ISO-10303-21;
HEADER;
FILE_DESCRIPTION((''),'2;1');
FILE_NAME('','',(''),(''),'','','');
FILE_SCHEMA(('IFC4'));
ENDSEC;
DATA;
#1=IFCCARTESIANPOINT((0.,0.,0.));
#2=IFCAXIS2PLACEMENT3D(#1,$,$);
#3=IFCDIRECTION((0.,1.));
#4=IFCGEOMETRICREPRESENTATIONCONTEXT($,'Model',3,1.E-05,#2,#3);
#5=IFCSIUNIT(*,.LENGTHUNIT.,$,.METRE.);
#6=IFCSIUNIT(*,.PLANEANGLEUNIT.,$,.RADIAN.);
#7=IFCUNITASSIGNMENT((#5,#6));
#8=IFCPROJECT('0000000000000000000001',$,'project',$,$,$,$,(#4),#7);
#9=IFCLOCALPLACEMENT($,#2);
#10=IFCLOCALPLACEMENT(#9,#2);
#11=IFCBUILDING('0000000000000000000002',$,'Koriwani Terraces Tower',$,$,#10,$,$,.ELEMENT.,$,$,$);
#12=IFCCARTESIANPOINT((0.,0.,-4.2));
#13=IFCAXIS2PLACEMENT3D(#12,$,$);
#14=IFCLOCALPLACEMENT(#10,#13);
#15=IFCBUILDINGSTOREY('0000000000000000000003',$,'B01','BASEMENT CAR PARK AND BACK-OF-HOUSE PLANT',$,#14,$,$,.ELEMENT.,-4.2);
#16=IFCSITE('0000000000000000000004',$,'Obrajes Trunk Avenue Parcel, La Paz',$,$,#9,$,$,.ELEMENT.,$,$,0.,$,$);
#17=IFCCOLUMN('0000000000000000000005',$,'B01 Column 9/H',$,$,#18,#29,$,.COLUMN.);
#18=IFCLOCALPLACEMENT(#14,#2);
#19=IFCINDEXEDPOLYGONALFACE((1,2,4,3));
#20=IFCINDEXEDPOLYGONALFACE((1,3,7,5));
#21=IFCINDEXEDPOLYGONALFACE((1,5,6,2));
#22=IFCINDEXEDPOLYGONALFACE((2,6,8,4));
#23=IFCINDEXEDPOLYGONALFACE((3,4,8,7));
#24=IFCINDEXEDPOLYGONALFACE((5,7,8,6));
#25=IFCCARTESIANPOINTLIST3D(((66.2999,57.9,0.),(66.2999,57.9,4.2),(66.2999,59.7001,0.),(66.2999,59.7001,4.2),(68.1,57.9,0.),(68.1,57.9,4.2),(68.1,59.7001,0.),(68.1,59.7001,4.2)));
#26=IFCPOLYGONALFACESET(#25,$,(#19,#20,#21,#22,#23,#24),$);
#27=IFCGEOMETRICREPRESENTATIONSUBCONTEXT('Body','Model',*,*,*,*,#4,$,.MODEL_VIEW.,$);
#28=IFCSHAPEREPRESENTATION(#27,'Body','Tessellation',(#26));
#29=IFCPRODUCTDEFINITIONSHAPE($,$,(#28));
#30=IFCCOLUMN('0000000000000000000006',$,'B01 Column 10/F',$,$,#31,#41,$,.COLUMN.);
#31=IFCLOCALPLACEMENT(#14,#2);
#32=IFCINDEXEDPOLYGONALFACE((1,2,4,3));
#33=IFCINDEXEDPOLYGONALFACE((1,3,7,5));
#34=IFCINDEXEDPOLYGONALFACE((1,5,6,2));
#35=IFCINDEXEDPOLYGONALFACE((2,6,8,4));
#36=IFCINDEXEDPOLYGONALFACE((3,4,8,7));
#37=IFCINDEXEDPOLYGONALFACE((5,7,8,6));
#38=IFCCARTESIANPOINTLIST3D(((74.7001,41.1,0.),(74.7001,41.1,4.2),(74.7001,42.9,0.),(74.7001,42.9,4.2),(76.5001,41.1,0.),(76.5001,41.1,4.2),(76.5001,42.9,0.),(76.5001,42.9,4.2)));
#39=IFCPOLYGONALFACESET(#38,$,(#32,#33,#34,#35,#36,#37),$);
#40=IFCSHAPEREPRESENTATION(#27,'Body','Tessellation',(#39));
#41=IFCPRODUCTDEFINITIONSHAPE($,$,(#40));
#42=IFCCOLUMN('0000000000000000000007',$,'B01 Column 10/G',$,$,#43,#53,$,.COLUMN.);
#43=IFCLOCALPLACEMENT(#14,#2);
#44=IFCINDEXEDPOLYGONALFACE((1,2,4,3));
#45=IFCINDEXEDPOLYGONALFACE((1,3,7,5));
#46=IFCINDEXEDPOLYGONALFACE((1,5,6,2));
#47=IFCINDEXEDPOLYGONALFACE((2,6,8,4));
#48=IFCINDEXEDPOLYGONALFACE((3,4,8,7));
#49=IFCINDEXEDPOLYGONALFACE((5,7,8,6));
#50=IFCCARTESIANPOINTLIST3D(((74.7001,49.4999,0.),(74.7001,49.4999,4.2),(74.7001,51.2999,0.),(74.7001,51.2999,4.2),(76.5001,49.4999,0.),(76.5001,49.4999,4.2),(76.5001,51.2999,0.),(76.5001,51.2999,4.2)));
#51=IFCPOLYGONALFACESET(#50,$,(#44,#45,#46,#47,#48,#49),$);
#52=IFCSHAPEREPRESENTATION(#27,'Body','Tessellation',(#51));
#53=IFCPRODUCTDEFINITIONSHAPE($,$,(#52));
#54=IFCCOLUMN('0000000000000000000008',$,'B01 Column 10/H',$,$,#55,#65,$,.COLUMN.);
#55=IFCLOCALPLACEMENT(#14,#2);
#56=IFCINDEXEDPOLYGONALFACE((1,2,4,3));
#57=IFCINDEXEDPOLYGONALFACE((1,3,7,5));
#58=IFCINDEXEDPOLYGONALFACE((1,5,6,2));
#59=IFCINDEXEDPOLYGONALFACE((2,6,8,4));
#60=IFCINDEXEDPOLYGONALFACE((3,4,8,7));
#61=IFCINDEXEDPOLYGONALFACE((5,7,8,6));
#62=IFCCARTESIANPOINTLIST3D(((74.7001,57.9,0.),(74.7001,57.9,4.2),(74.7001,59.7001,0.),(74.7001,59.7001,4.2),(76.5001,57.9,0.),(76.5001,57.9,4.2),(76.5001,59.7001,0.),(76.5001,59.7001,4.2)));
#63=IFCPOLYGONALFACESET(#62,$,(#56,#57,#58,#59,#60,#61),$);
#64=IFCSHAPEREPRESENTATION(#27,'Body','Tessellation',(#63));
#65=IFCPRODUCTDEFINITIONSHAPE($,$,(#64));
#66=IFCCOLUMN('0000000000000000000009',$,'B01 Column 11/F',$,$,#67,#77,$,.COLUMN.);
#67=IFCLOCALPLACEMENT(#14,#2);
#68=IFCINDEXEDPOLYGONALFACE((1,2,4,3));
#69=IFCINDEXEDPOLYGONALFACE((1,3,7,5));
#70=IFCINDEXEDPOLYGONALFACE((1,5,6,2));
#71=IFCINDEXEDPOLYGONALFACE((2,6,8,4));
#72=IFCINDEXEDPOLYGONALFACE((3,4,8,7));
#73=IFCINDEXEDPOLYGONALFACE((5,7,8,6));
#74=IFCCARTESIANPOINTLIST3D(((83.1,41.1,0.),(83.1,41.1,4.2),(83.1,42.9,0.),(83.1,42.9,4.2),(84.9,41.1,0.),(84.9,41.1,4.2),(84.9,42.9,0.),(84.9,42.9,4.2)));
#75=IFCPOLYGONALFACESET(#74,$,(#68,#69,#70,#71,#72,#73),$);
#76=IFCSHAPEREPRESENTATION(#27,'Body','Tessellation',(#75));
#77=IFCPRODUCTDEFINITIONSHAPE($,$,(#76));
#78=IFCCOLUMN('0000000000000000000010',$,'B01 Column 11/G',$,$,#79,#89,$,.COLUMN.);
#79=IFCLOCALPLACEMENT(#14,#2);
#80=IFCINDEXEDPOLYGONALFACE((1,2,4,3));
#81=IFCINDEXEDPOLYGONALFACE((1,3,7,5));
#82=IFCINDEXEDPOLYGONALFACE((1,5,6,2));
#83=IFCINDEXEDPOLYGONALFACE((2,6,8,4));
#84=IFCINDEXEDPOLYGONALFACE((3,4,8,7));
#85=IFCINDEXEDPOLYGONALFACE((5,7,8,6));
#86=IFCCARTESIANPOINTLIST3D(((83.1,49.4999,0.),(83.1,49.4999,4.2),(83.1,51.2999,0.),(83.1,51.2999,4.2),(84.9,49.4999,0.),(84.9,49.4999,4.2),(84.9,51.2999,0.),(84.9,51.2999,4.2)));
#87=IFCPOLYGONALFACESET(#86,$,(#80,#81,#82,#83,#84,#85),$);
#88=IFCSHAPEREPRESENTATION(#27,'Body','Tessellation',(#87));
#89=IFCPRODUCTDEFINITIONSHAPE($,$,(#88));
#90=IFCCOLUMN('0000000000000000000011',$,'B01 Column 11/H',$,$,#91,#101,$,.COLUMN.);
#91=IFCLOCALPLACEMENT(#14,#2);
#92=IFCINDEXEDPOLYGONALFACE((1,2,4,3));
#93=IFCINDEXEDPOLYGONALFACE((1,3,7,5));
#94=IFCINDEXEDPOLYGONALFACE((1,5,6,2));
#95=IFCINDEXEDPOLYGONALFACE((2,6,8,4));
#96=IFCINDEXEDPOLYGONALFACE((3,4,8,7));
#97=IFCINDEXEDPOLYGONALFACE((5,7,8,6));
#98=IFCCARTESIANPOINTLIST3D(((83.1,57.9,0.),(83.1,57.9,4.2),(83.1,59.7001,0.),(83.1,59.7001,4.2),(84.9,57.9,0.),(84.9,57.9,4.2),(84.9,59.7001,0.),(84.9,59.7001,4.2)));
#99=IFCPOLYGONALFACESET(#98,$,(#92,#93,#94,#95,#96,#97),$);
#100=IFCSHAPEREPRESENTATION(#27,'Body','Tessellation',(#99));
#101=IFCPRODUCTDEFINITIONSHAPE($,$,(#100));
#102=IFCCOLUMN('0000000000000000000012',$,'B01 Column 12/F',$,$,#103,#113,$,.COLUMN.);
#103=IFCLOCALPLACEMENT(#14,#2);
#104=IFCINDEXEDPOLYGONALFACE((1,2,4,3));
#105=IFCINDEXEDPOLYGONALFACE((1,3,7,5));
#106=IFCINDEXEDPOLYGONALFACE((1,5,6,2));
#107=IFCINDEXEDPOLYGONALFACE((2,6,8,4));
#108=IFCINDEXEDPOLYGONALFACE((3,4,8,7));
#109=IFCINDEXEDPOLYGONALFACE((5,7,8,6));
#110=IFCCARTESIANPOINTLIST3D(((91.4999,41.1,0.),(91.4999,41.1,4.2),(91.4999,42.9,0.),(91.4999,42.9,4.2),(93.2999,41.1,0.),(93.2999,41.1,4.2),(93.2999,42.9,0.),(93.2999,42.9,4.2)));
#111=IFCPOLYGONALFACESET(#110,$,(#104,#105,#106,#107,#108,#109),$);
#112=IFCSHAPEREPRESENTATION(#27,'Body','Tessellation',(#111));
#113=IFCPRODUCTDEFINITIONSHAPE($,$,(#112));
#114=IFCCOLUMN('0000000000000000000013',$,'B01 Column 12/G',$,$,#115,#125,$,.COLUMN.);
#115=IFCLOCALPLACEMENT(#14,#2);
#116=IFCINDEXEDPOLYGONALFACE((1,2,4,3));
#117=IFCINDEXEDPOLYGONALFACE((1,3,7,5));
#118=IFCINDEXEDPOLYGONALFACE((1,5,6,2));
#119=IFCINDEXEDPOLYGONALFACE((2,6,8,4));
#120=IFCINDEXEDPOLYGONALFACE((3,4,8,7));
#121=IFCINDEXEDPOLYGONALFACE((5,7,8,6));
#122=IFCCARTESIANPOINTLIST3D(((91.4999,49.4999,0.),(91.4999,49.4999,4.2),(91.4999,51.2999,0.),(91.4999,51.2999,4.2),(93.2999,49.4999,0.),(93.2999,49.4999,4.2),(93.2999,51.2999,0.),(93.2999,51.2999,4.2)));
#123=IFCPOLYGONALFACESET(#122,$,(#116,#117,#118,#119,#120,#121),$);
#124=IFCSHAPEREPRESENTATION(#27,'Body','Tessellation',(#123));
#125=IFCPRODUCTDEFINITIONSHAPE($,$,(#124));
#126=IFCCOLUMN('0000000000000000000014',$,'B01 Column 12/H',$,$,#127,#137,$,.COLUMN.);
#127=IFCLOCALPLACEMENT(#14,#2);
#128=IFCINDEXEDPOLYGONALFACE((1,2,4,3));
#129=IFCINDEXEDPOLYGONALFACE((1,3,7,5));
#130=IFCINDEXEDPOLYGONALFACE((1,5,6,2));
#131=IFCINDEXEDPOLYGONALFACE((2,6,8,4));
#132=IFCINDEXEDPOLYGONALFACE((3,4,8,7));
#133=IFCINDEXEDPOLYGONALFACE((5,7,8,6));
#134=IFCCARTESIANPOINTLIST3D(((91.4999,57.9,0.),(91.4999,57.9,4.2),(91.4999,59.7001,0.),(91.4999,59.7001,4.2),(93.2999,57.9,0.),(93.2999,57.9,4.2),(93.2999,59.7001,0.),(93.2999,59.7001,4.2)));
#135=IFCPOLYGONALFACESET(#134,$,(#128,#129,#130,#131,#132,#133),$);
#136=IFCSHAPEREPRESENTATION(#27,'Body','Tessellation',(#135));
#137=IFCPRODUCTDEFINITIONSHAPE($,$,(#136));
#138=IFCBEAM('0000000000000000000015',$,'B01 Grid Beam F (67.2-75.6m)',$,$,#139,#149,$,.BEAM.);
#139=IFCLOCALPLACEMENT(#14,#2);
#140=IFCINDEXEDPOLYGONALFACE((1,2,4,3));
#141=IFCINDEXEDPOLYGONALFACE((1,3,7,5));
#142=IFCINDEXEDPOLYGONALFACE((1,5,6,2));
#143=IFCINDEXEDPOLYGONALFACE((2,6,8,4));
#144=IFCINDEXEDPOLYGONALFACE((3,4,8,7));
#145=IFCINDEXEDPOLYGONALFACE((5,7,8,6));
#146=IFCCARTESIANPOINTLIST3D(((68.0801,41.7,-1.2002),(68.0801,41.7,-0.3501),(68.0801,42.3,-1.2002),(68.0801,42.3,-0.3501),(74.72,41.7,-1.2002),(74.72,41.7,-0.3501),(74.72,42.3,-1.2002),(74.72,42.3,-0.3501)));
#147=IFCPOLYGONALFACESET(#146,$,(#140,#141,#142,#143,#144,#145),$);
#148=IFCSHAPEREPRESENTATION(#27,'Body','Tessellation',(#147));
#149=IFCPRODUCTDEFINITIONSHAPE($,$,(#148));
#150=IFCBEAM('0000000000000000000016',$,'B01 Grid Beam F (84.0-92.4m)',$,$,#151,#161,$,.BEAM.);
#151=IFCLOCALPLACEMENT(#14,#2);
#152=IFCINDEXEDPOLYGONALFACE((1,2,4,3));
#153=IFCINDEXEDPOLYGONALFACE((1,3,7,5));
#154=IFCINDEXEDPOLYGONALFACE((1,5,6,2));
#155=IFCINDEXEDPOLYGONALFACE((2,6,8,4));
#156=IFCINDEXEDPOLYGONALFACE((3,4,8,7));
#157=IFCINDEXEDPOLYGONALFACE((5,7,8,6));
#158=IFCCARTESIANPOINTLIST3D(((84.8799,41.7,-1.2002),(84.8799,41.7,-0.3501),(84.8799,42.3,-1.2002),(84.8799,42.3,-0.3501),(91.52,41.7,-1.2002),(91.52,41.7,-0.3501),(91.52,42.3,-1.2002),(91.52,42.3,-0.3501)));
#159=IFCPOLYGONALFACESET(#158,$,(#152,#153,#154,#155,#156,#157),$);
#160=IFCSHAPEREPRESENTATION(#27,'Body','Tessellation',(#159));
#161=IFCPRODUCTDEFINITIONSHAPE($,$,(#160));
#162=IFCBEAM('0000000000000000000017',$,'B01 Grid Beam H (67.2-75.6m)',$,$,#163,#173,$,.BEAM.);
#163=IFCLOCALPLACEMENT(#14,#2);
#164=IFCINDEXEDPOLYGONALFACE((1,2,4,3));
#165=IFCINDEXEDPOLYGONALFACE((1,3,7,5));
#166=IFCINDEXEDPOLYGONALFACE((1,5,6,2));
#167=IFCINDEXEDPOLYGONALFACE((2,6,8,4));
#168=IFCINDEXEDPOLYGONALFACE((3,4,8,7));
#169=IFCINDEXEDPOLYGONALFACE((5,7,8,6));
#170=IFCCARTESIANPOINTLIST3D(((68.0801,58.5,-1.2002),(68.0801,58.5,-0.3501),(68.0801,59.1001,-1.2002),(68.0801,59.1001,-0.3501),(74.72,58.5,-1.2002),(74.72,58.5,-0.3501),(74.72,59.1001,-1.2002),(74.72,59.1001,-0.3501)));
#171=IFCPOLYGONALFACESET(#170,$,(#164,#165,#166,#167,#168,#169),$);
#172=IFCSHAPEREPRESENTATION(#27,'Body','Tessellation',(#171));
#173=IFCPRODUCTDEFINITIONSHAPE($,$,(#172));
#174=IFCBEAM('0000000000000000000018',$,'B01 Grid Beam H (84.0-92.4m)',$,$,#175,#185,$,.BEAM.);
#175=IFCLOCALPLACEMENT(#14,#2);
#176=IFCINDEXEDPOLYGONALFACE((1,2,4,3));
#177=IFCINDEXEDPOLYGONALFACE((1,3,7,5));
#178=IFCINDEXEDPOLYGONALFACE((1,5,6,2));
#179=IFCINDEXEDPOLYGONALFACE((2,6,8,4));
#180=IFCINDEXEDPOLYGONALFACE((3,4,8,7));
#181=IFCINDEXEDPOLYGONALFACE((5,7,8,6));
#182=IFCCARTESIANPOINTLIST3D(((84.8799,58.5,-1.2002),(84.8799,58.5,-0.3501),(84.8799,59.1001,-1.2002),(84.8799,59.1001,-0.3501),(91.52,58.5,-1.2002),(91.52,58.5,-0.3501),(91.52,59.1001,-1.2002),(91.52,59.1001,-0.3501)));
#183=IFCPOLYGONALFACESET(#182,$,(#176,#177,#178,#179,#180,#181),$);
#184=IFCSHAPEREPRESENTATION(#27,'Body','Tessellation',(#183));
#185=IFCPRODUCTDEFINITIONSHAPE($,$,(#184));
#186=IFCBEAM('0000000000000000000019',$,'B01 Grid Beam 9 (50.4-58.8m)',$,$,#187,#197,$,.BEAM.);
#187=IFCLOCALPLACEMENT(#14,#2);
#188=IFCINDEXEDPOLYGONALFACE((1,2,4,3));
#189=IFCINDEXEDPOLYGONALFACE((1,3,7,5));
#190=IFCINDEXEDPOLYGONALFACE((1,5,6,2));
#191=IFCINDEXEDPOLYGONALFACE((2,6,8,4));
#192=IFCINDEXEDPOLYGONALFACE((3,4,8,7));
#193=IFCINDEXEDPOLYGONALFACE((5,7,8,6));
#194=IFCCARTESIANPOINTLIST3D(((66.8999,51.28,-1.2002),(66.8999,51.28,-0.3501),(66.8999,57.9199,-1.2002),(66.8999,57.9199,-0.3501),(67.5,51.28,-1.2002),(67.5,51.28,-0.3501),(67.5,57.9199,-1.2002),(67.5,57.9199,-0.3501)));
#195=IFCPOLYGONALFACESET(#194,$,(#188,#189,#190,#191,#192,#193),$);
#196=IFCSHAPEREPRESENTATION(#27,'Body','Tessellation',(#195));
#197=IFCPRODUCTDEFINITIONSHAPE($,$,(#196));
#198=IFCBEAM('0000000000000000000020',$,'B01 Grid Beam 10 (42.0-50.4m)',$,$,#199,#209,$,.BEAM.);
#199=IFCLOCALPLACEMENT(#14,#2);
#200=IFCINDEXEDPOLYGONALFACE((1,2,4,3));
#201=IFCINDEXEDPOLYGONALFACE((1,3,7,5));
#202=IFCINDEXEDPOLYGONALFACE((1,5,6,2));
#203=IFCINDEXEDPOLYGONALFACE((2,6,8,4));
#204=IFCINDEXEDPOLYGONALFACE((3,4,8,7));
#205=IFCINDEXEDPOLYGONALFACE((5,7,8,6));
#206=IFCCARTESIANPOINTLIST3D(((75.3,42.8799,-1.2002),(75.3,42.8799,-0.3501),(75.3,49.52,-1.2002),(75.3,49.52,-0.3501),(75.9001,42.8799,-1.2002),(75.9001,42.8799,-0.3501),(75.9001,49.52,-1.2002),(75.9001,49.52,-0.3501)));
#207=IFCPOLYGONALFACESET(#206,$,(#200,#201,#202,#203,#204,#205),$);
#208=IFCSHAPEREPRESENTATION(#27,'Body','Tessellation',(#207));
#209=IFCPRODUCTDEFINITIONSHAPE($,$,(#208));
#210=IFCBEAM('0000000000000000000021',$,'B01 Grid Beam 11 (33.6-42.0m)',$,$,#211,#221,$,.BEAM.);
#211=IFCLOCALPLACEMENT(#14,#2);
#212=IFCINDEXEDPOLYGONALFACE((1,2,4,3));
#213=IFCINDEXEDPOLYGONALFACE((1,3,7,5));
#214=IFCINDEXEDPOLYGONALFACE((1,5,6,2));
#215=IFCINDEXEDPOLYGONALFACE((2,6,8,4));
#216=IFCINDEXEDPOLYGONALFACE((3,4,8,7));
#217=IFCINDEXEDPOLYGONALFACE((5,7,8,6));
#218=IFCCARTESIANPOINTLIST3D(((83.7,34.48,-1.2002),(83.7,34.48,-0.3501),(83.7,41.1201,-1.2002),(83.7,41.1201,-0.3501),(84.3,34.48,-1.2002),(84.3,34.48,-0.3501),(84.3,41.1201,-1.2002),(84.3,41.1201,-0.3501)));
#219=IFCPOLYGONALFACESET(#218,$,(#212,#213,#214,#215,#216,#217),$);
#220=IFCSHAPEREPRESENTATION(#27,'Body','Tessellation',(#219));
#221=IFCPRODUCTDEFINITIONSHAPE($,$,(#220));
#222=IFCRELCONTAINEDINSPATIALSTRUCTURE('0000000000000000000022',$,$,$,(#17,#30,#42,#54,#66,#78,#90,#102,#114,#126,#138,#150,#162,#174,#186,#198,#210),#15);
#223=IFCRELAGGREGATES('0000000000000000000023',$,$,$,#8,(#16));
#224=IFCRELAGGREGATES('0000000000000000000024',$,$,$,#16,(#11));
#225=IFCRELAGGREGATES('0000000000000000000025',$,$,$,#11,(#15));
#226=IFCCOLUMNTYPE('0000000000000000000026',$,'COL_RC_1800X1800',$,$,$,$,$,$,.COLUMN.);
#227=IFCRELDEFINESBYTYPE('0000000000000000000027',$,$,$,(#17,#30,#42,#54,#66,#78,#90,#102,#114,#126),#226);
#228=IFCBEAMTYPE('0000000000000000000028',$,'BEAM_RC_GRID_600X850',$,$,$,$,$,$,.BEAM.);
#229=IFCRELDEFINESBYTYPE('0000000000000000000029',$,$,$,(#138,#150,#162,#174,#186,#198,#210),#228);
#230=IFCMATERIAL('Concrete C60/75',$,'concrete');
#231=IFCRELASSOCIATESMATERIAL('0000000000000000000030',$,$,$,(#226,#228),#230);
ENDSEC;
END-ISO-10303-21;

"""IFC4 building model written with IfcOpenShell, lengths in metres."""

from ifc_helpers import new_model, si_unit, direction, frame, origin, origin_2d, place, context, subcontext, project, spatial, rectangle, extrude, material, material_profile, profile_set, type_object, element, save


model = new_model("IFC4")

# Units and contexts
model_context = context("Model", 3, precision=1e-05, world=origin(), true_north=direction((0.0, 1.0)))
body_context = subcontext(model_context, "Body", "Model", "MODEL_VIEW")
ifc_project = project(units=[si_unit("LENGTHUNIT", "METRE"), si_unit("PLANEANGLEUNIT", "RADIAN")], contexts=[model_context])

# Site, building, storey
site_placement = place(None, origin())
site = spatial("IfcSite", under=ifc_project, at=site_placement, Name="Obrajes Trunk Avenue Parcel, La Paz", CompositionType="ELEMENT", RefElevation=0.0)
building_placement = place(site_placement, origin())
building = spatial("IfcBuilding", under=site, at=building_placement, Name="Koriwani Terraces Tower", CompositionType="ELEMENT")
storey_placement = place(building_placement, frame((0.0, 0.0, -4.2)))
storey = spatial("IfcBuildingStorey", under=building, at=storey_placement, Name="B01", Description="BASEMENT CAR PARK AND BACK-OF-HOUSE PLANT", CompositionType="ELEMENT", Elevation=-4.2)

# Columns
ifc_material_1 = material(Name="Concrete C60/75", Category="concrete")
ifc_material_profile_1 = material_profile(ifc_material_1, rectangle(XDim=1.8, YDim=1.8, at=origin_2d()), Name="Concrete C60/75", Category="LoadBearing")
ifc_profile_set_1 = profile_set([ifc_material_profile_1], Name="Concrete C60/75")
column_type = type_object("IfcColumnType", Name="COL_RC_1800X1800", PredefinedType="COLUMN", material=ifc_profile_set_1)
for number, where, z_axis, x_axis, name in (
    (1, (67.2, 58.8, 0.0), (0.0, 0.0, 1.0), (1.0, 0.0, 0.0), "B01 Column 9/H"),
    (2, (75.6001, 42.0, 0.0), (0.0, 0.0, 1.0), (1.0, 0.0, 0.0), "B01 Column 10/F"),
    (3, (75.6001, 50.3999, 0.0), (0.0, 0.0, 1.0), (1.0, 0.0, 0.0), "B01 Column 10/G"),
    (4, (75.6001, 58.8, 0.0), (0.0, 0.0, 1.0), (1.0, 0.0, 0.0), "B01 Column 10/H"),
    (5, (84.0, 42.0, 0.0), (0.0, 0.0, 1.0), (1.0, 0.0, 0.0), "B01 Column 11/F"),
    (6, (84.0, 50.3999, 0.0), (0.0, 0.0, 1.0), (1.0, 0.0, 0.0), "B01 Column 11/G"),
    (7, (84.0, 58.8, 0.0), (0.0, 0.0, 1.0), (1.0, 0.0, 0.0), "B01 Column 11/H"),
    (8, (92.3999, 42.0, 0.0), (0.0, 0.0, 1.0), (1.0, 0.0, 0.0), "B01 Column 12/F"),
    (9, (92.3999, 50.3999, 0.0), (0.0, 0.0, 1.0), (1.0, 0.0, 0.0), "B01 Column 12/G"),
    (10, (92.3999, 58.8, 0.0), (0.0, 0.0, 1.0), (1.0, 0.0, 0.0), "B01 Column 12/H"),
):
    element("IfcColumn", number, at=place(storey_placement, frame(where, z_axis=z_axis, x_axis=x_axis)), inside=storey, type_object=column_type, Name=name, PredefinedType="COLUMN", context=body_context, shape_type="SweptSolid", body=[
        extrude(rectangle(XDim=1.8, YDim=1.8, at=origin_2d()), origin(), (0.0, 0.0, 1.0), 4.2),
    ])

# Beams
ifc_material_profile_2 = material_profile(ifc_material_1, rectangle(XDim=0.6001, YDim=0.8501, at=origin_2d()), Name="Concrete C60/75", Category="LoadBearing")
ifc_profile_set_2 = profile_set([ifc_material_profile_2], Name="Concrete C60/75")
beam_type_1 = type_object("IfcBeamType", Name="BEAM_RC_GRID_600X850", PredefinedType="BEAM", material=ifc_profile_set_2)
beam_1_placement = place(storey_placement, frame((68.0801, 42.0, -0.7751), z_axis=(1.0, 0.0, 0.0), x_axis=(0.0, 1.0, 0.0)))
element("IfcBeam", 11, at=beam_1_placement, inside=storey, type_object=beam_type_1, Name="B01 Grid Beam F (67.2-75.6m)", PredefinedType="BEAM", context=body_context, shape_type="SweptSolid", body=[
    extrude(rectangle(XDim=0.6001, YDim=0.8501, at=origin_2d()), origin(), (0.0, 0.0, 1.0), 6.6399),
])
beam_2_placement = place(storey_placement, frame((84.8799, 42.0, -0.7751), z_axis=(1.0, 0.0, 0.0), x_axis=(0.0, 1.0, 0.0)))
element("IfcBeam", 12, at=beam_2_placement, inside=storey, type_object=beam_type_1, Name="B01 Grid Beam F (84.0-92.4m)", PredefinedType="BEAM", context=body_context, shape_type="SweptSolid", body=[
    extrude(rectangle(XDim=0.6001, YDim=0.8501, at=origin_2d()), origin(), (0.0, 0.0, 1.0), 6.6401),
])
beam_3_placement = place(storey_placement, frame((68.0801, 58.8, -0.7751), z_axis=(1.0, 0.0, 0.0), x_axis=(0.0, 1.0, 0.0)))
element("IfcBeam", 13, at=beam_3_placement, inside=storey, type_object=beam_type_1, Name="B01 Grid Beam H (67.2-75.6m)", PredefinedType="BEAM", context=body_context, shape_type="SweptSolid", body=[
    extrude(rectangle(XDim=0.6001, YDim=0.8501, at=origin_2d()), origin(), (0.0, 0.0, 1.0), 6.6399),
])
beam_4_placement = place(storey_placement, frame((84.8799, 58.8, -0.7751), z_axis=(1.0, 0.0, 0.0), x_axis=(0.0, 1.0, 0.0)))
element("IfcBeam", 14, at=beam_4_placement, inside=storey, type_object=beam_type_1, Name="B01 Grid Beam H (84.0-92.4m)", PredefinedType="BEAM", context=body_context, shape_type="SweptSolid", body=[
    extrude(rectangle(XDim=0.6001, YDim=0.8501, at=origin_2d()), origin(), (0.0, 0.0, 1.0), 6.6401),
])
beam_5_placement = place(storey_placement, frame((67.2, 51.28, -0.7751), z_axis=(0.0, 1.0, 0.0), x_axis=(-1.0, 0.0, 0.0)))
element("IfcBeam", 15, at=beam_5_placement, inside=storey, type_object=beam_type_1, Name="B01 Grid Beam 9 (50.4-58.8m)", PredefinedType="BEAM", context=body_context, shape_type="SweptSolid", body=[
    extrude(rectangle(XDim=0.6001, YDim=0.8501, at=origin_2d()), origin(), (0.0, 0.0, 1.0), 6.6399),
])
for number, where, z_axis, x_axis, name in (
    (16, (75.6001, 42.8799, -0.7751), (0.0, 1.0, 0.0), (-1.0, 0.0, 0.0), "B01 Grid Beam 10 (42.0-50.4m)"),
    (17, (84.0, 34.48, -0.7751), (0.0, 1.0, 0.0), (-1.0, 0.0, 0.0), "B01 Grid Beam 11 (33.6-42.0m)"),
):
    element("IfcBeam", number, at=place(storey_placement, frame(where, z_axis=z_axis, x_axis=x_axis)), inside=storey, type_object=beam_type_1, Name=name, PredefinedType="BEAM", context=body_context, shape_type="SweptSolid", body=[
        extrude(rectangle(XDim=0.6001, YDim=0.8501, at=origin_2d()), origin(), (0.0, 0.0, 1.0), 6.6401),
    ])

save(model, "model.ifc")
